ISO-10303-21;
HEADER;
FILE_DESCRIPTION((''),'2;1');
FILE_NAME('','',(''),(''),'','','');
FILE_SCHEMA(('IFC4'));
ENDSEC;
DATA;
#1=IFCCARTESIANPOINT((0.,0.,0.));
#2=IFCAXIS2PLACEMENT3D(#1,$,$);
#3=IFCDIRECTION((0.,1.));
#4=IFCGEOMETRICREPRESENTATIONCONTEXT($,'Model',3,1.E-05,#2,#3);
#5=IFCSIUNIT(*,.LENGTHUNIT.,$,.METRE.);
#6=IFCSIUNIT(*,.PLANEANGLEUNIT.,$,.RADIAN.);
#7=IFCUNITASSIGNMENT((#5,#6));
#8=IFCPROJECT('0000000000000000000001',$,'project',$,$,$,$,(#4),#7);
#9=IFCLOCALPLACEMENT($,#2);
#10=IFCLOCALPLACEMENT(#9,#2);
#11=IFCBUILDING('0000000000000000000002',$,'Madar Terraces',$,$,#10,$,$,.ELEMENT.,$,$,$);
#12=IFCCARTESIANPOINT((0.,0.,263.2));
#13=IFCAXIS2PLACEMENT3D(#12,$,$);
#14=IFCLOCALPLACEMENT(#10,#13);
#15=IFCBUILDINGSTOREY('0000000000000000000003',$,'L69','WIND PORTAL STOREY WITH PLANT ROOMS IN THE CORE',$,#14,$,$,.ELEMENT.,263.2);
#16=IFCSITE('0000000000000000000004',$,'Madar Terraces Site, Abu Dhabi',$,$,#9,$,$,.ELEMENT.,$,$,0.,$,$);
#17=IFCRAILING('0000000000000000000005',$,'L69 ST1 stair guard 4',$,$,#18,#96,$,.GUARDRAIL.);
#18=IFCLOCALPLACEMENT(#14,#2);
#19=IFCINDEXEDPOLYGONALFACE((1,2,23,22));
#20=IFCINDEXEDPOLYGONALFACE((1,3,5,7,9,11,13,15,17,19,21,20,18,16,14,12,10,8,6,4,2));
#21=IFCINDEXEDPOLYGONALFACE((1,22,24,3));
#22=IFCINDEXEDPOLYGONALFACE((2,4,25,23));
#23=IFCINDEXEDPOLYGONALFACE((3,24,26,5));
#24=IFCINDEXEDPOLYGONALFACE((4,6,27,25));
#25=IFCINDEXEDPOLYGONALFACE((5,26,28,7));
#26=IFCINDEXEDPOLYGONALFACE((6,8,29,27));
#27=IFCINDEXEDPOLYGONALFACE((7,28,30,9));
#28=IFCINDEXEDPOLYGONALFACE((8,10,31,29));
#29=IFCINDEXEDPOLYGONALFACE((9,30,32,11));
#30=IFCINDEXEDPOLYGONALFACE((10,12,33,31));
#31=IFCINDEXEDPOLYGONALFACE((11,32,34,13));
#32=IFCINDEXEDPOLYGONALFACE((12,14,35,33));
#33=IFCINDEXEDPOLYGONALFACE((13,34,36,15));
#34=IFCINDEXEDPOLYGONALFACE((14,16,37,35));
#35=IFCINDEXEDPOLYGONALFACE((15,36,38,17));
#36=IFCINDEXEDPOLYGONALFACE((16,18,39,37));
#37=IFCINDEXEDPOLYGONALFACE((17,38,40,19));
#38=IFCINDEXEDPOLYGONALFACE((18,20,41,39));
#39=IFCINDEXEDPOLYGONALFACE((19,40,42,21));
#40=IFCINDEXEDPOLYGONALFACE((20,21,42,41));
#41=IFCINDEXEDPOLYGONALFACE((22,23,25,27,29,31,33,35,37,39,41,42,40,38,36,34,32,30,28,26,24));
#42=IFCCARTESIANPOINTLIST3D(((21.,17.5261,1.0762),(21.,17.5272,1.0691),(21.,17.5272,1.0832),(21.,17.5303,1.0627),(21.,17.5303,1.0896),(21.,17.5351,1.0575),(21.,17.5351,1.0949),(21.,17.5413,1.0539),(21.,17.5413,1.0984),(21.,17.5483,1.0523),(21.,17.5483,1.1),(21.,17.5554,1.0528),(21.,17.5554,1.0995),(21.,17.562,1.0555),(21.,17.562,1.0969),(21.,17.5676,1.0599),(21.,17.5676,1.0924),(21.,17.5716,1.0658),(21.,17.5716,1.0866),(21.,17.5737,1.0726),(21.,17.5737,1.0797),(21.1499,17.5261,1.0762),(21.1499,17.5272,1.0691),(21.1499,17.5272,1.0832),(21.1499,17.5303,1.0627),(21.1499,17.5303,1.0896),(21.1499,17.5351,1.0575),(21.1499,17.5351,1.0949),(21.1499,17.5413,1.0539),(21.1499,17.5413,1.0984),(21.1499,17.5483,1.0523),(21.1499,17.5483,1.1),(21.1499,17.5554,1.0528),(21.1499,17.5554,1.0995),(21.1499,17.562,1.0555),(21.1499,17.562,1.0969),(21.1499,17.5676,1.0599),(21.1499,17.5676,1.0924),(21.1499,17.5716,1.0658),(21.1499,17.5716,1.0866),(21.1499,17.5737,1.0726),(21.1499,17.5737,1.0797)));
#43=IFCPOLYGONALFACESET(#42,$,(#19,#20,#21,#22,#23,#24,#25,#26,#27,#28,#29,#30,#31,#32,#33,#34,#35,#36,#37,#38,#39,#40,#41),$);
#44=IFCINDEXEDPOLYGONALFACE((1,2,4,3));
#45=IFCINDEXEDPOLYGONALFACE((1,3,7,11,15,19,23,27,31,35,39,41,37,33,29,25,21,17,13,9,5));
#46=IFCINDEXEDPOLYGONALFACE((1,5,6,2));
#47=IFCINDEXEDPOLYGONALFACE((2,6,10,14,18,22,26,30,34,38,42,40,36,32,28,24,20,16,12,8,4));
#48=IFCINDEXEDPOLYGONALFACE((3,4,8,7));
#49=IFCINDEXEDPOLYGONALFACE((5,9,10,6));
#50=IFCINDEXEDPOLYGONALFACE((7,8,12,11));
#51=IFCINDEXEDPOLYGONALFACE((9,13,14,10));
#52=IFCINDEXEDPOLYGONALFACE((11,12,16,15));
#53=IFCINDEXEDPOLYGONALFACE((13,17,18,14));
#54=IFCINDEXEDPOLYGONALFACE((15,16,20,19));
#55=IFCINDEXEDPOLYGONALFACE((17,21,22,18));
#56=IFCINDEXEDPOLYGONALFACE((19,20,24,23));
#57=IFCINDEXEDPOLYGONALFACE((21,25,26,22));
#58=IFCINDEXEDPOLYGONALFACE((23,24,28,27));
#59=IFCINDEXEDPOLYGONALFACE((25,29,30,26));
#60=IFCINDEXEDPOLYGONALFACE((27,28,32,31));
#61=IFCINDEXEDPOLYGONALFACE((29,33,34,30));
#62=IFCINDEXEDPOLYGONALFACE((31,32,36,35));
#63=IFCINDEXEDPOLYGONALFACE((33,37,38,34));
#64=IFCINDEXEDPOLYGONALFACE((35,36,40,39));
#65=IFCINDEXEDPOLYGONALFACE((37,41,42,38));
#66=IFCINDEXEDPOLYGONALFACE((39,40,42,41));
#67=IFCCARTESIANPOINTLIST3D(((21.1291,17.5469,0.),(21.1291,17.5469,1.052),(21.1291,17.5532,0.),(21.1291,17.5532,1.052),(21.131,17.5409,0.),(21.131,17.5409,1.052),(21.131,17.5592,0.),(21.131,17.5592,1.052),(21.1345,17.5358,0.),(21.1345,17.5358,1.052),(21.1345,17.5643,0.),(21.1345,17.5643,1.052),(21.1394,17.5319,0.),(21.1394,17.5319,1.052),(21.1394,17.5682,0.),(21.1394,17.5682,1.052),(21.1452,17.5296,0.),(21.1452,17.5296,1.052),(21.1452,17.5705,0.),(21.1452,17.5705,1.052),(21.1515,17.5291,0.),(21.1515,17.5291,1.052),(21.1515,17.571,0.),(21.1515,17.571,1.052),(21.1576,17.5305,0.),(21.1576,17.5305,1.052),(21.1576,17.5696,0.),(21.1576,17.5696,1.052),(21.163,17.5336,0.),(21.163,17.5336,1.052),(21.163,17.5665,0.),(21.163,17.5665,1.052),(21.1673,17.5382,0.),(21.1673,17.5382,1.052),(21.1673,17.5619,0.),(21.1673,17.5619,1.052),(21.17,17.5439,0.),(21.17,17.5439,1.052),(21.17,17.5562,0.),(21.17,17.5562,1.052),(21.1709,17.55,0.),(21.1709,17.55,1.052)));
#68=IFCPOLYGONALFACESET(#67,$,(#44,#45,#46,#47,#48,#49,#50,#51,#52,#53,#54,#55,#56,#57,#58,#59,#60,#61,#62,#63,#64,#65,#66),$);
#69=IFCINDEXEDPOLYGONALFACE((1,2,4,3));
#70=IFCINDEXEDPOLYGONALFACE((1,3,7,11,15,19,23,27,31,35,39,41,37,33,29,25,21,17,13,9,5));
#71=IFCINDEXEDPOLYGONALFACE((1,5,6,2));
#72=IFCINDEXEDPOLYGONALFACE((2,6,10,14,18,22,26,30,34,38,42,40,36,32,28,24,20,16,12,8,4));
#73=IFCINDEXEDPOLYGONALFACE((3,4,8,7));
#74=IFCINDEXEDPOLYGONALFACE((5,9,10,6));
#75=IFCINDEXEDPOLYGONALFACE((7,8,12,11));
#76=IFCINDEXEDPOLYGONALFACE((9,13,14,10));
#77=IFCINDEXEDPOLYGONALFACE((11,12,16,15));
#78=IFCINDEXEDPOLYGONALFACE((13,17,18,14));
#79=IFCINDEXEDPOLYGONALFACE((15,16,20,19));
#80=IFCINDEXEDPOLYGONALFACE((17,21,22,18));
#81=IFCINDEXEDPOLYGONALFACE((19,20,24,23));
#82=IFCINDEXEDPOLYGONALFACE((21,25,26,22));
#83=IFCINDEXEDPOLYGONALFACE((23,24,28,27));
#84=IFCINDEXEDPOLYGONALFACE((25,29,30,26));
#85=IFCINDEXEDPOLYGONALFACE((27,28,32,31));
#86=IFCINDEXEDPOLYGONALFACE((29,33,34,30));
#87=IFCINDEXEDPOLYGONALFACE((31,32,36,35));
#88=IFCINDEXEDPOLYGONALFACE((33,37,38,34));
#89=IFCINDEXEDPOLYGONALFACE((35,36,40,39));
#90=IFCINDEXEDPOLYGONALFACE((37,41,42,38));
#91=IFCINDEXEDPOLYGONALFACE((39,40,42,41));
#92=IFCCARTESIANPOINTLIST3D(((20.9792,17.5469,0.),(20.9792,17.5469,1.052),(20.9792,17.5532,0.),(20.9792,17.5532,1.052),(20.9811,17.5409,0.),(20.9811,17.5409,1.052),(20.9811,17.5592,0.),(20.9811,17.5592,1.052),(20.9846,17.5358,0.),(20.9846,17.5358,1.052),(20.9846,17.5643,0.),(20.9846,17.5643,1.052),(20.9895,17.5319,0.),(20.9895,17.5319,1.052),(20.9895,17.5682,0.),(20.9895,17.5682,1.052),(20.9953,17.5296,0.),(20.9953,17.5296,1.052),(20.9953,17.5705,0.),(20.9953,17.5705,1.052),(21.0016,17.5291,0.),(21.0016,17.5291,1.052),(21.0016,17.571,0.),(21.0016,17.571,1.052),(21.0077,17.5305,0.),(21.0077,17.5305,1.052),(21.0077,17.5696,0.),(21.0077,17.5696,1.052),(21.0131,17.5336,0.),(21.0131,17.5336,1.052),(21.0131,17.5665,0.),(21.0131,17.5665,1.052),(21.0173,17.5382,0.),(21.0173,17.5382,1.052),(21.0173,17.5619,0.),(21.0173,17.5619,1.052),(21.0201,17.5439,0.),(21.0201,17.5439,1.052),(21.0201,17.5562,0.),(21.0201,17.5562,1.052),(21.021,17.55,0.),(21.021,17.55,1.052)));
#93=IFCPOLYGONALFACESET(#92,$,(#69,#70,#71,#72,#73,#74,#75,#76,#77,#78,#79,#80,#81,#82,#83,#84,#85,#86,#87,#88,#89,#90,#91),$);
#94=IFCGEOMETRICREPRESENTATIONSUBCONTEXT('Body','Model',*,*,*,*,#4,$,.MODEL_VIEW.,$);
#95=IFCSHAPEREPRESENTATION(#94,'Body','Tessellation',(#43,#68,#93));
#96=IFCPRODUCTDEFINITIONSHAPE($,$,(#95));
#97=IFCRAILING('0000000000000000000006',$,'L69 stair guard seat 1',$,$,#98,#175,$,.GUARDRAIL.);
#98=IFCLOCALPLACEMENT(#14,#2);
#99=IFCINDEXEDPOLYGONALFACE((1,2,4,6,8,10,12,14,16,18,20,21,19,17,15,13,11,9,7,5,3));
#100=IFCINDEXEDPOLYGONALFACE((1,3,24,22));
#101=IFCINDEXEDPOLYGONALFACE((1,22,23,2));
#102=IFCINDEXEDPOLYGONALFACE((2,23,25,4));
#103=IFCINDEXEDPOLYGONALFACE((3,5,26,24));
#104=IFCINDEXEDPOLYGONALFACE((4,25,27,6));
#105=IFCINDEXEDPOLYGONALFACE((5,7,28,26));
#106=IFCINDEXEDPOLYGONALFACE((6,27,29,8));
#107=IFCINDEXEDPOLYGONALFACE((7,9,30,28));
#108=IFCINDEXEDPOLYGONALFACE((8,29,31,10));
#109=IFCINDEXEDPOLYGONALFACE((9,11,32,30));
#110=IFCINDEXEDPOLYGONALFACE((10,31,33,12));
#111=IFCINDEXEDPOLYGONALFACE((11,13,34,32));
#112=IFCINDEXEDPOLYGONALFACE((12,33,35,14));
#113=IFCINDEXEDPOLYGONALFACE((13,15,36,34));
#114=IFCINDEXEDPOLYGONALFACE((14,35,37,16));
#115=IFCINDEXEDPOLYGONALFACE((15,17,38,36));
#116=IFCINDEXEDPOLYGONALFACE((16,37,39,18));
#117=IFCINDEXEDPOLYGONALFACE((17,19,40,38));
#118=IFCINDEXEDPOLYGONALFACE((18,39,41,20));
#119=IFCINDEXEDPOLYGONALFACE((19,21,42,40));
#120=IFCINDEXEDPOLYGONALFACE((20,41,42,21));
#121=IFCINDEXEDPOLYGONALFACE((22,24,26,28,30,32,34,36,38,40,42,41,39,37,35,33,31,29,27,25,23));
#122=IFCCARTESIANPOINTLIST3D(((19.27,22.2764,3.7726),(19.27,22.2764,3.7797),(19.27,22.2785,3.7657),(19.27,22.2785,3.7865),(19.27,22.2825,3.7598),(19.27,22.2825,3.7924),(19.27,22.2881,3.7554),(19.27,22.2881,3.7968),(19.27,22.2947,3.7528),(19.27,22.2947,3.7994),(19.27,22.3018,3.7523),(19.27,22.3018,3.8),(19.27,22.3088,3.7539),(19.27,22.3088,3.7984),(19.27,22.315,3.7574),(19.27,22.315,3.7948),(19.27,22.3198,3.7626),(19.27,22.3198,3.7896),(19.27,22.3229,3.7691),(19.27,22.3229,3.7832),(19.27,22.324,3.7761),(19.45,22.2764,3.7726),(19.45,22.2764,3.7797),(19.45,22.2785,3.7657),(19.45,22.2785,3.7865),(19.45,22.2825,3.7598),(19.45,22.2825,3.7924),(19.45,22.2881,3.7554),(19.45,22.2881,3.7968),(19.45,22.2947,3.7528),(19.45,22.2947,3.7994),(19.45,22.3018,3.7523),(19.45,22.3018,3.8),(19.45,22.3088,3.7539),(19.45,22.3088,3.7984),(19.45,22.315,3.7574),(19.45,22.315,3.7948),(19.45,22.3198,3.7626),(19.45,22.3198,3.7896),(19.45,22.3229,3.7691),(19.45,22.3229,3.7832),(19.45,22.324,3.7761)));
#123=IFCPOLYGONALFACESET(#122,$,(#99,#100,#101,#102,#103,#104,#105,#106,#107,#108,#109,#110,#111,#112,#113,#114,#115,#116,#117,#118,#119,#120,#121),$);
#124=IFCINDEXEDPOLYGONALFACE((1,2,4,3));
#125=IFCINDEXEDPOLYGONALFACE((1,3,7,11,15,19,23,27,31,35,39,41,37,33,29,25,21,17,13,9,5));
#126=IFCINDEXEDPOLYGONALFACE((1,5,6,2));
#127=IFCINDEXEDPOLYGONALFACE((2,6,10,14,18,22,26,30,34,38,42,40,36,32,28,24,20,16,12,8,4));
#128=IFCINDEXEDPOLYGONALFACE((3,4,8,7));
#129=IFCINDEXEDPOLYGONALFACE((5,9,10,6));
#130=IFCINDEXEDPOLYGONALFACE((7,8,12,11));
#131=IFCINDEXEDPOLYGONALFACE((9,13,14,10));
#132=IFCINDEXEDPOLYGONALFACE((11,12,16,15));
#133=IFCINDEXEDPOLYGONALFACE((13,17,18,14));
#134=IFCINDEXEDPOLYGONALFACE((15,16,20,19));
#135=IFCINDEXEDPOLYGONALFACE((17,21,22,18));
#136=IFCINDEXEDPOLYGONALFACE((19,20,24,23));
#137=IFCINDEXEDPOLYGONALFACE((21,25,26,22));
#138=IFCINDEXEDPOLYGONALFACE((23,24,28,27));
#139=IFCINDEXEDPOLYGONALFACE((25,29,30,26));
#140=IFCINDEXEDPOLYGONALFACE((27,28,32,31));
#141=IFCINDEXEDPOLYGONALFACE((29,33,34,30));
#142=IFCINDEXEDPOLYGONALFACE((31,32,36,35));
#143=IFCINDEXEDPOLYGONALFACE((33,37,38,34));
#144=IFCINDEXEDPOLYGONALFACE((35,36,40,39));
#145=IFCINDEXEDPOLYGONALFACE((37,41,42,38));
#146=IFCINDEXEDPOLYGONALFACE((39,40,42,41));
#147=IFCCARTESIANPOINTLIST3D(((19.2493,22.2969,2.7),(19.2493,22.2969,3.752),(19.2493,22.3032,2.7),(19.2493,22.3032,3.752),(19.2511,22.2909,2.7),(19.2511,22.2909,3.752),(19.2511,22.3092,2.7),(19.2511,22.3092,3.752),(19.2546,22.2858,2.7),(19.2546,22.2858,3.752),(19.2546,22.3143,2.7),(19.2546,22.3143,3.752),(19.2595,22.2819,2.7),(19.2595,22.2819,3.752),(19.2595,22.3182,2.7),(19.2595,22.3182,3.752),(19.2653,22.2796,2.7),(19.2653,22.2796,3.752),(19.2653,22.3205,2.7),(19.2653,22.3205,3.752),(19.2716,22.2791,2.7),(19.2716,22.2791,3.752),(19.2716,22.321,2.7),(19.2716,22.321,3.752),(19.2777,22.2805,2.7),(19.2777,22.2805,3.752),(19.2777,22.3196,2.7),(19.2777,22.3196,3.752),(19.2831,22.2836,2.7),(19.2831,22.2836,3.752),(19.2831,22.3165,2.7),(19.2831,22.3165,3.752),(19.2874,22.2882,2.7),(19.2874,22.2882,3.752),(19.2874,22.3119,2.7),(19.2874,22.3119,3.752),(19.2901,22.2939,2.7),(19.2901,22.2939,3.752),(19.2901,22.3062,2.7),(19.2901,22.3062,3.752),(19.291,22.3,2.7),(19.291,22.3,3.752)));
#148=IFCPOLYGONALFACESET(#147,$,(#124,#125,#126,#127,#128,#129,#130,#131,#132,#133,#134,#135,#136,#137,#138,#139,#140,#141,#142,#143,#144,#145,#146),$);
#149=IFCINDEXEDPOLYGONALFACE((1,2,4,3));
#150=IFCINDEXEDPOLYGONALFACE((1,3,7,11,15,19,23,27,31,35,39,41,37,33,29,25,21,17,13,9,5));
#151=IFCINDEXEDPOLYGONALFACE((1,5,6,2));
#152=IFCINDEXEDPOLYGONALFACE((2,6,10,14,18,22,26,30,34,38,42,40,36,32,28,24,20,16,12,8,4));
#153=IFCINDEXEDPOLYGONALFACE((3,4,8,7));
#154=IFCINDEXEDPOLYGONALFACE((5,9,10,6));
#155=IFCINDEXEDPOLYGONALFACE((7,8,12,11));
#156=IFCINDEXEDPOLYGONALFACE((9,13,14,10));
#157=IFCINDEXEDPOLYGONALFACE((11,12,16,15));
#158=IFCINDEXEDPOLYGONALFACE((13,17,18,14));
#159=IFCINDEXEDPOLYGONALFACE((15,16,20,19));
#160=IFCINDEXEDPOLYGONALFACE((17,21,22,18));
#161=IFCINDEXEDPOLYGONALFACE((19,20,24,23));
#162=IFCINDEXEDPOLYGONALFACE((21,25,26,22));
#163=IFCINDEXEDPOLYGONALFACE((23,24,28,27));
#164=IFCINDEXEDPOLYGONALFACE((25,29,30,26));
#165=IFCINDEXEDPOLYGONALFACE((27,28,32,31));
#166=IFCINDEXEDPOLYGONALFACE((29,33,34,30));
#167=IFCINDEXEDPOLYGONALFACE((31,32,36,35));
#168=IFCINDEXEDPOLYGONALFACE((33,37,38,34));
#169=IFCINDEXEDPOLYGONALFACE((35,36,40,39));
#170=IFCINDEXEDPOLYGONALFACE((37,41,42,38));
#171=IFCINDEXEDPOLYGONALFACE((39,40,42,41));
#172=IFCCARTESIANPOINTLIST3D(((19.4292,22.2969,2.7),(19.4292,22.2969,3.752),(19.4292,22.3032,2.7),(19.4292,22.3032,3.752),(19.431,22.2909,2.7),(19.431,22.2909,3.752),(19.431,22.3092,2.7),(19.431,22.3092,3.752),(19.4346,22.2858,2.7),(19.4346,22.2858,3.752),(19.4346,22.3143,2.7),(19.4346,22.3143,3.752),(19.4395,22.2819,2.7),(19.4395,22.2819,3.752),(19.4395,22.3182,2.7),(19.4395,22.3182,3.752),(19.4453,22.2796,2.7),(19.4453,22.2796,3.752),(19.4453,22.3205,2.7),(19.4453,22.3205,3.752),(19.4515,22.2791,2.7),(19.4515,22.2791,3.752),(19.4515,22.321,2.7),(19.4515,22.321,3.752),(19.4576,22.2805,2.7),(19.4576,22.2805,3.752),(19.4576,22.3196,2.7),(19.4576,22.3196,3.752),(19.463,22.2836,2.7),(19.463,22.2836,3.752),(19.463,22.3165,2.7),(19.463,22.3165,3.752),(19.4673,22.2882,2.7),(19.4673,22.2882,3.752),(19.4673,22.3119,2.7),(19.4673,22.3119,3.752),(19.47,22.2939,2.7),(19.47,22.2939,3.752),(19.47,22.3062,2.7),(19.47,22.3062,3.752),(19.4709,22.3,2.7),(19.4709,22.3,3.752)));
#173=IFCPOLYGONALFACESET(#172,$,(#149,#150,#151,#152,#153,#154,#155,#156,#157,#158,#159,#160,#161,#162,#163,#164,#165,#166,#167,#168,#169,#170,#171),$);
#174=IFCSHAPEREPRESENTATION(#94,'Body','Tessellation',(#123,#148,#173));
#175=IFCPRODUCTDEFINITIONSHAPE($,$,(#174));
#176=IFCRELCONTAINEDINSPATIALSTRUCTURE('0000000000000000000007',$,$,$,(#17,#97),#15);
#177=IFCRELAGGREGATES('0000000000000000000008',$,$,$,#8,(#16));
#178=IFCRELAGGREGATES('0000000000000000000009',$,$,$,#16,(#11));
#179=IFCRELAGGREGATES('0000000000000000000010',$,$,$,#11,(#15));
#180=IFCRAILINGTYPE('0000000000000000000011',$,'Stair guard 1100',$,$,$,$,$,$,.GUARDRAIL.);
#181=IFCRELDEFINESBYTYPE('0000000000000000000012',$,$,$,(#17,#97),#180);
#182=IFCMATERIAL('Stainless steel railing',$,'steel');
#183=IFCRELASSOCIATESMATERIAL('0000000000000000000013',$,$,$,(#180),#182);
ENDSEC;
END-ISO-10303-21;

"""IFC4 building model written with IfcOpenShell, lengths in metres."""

from ifc_helpers import new_model, si_unit, direction, frame, origin, origin_2d, place, context, subcontext, project, spatial, circle, extrude, material, type_object, element, save


model = new_model("IFC4")

# Units and contexts
model_context = context("Model", 3, precision=1e-05, world=origin(), true_north=direction((0.0, 1.0)))
body_context = subcontext(model_context, "Body", "Model", "MODEL_VIEW")
ifc_project = project(units=[si_unit("LENGTHUNIT", "METRE"), si_unit("PLANEANGLEUNIT", "RADIAN")], contexts=[model_context])

# Site, building, storey
site_placement = place(None, origin())
site = spatial("IfcSite", under=ifc_project, at=site_placement, Name="Madar Terraces Site, Abu Dhabi", CompositionType="ELEMENT", RefElevation=0.0)
building_placement = place(site_placement, origin())
building = spatial("IfcBuilding", under=site, at=building_placement, Name="Madar Terraces", CompositionType="ELEMENT")
storey_placement = place(building_placement, frame((0.0, 0.0, 263.2)))
storey = spatial("IfcBuildingStorey", under=building, at=storey_placement, Name="L69", Description="WIND PORTAL STOREY WITH PLANT ROOMS IN THE CORE", CompositionType="ELEMENT", Elevation=263.2)

# Railings
ifc_material_1 = material(Name="Stainless steel railing", Category="steel")
railing_type_1 = type_object("IfcRailingType", Name="Stair guard 1100", PredefinedType="GUARDRAIL", material=ifc_material_1)
railing_1_placement = place(storey_placement, frame((21.1499, 17.55, 0.0)))
element("IfcRailing", 1, at=railing_1_placement, inside=storey, type_object=railing_type_1, Name="L69 ST1 stair guard 4", PredefinedType="GUARDRAIL", context=body_context, shape_type="SweptSolid", body=[
    extrude(circle(Radius=0.0239, at=origin_2d()), frame((0.0, 0.0, 1.0762), z_axis=(-1.0, 0.0, 0.0), x_axis=(0.0, -1.0, 0.0)), (0.0, 0.0, 1.0), 0.1499),
    extrude(circle(Radius=0.021, at=origin_2d()), origin(), (0.0, 0.0, 1.0), 1.052),
    extrude(circle(Radius=0.021, at=origin_2d()), frame((-0.1499, 0.0, 0.0)), (0.0, 0.0, 1.0), 1.052),
])
for number, where, name in (
    (2, (19.27, 22.3, 2.7), "L69 stair guard seat 1"),
):
    element("IfcRailing", number, at=place(storey_placement, frame(where)), inside=storey, type_object=railing_type_1, Name=name, PredefinedType="GUARDRAIL", context=body_context, shape_type="SweptSolid", body=[
        extrude(circle(Radius=0.0239, at=origin_2d()), frame((0.0, 0.0, 1.0762), z_axis=(1.0, 0.0, 0.0), x_axis=(0.0, 1.0, 0.0)), (0.0, 0.0, 1.0), 0.1799),
        extrude(circle(Radius=0.021, at=origin_2d()), origin(), (0.0, 0.0, 1.0), 1.052),
        extrude(circle(Radius=0.021, at=origin_2d()), frame((0.1799, 0.0, 0.0)), (0.0, 0.0, 1.0), 1.052),
    ])

save(model, "model.ifc")
